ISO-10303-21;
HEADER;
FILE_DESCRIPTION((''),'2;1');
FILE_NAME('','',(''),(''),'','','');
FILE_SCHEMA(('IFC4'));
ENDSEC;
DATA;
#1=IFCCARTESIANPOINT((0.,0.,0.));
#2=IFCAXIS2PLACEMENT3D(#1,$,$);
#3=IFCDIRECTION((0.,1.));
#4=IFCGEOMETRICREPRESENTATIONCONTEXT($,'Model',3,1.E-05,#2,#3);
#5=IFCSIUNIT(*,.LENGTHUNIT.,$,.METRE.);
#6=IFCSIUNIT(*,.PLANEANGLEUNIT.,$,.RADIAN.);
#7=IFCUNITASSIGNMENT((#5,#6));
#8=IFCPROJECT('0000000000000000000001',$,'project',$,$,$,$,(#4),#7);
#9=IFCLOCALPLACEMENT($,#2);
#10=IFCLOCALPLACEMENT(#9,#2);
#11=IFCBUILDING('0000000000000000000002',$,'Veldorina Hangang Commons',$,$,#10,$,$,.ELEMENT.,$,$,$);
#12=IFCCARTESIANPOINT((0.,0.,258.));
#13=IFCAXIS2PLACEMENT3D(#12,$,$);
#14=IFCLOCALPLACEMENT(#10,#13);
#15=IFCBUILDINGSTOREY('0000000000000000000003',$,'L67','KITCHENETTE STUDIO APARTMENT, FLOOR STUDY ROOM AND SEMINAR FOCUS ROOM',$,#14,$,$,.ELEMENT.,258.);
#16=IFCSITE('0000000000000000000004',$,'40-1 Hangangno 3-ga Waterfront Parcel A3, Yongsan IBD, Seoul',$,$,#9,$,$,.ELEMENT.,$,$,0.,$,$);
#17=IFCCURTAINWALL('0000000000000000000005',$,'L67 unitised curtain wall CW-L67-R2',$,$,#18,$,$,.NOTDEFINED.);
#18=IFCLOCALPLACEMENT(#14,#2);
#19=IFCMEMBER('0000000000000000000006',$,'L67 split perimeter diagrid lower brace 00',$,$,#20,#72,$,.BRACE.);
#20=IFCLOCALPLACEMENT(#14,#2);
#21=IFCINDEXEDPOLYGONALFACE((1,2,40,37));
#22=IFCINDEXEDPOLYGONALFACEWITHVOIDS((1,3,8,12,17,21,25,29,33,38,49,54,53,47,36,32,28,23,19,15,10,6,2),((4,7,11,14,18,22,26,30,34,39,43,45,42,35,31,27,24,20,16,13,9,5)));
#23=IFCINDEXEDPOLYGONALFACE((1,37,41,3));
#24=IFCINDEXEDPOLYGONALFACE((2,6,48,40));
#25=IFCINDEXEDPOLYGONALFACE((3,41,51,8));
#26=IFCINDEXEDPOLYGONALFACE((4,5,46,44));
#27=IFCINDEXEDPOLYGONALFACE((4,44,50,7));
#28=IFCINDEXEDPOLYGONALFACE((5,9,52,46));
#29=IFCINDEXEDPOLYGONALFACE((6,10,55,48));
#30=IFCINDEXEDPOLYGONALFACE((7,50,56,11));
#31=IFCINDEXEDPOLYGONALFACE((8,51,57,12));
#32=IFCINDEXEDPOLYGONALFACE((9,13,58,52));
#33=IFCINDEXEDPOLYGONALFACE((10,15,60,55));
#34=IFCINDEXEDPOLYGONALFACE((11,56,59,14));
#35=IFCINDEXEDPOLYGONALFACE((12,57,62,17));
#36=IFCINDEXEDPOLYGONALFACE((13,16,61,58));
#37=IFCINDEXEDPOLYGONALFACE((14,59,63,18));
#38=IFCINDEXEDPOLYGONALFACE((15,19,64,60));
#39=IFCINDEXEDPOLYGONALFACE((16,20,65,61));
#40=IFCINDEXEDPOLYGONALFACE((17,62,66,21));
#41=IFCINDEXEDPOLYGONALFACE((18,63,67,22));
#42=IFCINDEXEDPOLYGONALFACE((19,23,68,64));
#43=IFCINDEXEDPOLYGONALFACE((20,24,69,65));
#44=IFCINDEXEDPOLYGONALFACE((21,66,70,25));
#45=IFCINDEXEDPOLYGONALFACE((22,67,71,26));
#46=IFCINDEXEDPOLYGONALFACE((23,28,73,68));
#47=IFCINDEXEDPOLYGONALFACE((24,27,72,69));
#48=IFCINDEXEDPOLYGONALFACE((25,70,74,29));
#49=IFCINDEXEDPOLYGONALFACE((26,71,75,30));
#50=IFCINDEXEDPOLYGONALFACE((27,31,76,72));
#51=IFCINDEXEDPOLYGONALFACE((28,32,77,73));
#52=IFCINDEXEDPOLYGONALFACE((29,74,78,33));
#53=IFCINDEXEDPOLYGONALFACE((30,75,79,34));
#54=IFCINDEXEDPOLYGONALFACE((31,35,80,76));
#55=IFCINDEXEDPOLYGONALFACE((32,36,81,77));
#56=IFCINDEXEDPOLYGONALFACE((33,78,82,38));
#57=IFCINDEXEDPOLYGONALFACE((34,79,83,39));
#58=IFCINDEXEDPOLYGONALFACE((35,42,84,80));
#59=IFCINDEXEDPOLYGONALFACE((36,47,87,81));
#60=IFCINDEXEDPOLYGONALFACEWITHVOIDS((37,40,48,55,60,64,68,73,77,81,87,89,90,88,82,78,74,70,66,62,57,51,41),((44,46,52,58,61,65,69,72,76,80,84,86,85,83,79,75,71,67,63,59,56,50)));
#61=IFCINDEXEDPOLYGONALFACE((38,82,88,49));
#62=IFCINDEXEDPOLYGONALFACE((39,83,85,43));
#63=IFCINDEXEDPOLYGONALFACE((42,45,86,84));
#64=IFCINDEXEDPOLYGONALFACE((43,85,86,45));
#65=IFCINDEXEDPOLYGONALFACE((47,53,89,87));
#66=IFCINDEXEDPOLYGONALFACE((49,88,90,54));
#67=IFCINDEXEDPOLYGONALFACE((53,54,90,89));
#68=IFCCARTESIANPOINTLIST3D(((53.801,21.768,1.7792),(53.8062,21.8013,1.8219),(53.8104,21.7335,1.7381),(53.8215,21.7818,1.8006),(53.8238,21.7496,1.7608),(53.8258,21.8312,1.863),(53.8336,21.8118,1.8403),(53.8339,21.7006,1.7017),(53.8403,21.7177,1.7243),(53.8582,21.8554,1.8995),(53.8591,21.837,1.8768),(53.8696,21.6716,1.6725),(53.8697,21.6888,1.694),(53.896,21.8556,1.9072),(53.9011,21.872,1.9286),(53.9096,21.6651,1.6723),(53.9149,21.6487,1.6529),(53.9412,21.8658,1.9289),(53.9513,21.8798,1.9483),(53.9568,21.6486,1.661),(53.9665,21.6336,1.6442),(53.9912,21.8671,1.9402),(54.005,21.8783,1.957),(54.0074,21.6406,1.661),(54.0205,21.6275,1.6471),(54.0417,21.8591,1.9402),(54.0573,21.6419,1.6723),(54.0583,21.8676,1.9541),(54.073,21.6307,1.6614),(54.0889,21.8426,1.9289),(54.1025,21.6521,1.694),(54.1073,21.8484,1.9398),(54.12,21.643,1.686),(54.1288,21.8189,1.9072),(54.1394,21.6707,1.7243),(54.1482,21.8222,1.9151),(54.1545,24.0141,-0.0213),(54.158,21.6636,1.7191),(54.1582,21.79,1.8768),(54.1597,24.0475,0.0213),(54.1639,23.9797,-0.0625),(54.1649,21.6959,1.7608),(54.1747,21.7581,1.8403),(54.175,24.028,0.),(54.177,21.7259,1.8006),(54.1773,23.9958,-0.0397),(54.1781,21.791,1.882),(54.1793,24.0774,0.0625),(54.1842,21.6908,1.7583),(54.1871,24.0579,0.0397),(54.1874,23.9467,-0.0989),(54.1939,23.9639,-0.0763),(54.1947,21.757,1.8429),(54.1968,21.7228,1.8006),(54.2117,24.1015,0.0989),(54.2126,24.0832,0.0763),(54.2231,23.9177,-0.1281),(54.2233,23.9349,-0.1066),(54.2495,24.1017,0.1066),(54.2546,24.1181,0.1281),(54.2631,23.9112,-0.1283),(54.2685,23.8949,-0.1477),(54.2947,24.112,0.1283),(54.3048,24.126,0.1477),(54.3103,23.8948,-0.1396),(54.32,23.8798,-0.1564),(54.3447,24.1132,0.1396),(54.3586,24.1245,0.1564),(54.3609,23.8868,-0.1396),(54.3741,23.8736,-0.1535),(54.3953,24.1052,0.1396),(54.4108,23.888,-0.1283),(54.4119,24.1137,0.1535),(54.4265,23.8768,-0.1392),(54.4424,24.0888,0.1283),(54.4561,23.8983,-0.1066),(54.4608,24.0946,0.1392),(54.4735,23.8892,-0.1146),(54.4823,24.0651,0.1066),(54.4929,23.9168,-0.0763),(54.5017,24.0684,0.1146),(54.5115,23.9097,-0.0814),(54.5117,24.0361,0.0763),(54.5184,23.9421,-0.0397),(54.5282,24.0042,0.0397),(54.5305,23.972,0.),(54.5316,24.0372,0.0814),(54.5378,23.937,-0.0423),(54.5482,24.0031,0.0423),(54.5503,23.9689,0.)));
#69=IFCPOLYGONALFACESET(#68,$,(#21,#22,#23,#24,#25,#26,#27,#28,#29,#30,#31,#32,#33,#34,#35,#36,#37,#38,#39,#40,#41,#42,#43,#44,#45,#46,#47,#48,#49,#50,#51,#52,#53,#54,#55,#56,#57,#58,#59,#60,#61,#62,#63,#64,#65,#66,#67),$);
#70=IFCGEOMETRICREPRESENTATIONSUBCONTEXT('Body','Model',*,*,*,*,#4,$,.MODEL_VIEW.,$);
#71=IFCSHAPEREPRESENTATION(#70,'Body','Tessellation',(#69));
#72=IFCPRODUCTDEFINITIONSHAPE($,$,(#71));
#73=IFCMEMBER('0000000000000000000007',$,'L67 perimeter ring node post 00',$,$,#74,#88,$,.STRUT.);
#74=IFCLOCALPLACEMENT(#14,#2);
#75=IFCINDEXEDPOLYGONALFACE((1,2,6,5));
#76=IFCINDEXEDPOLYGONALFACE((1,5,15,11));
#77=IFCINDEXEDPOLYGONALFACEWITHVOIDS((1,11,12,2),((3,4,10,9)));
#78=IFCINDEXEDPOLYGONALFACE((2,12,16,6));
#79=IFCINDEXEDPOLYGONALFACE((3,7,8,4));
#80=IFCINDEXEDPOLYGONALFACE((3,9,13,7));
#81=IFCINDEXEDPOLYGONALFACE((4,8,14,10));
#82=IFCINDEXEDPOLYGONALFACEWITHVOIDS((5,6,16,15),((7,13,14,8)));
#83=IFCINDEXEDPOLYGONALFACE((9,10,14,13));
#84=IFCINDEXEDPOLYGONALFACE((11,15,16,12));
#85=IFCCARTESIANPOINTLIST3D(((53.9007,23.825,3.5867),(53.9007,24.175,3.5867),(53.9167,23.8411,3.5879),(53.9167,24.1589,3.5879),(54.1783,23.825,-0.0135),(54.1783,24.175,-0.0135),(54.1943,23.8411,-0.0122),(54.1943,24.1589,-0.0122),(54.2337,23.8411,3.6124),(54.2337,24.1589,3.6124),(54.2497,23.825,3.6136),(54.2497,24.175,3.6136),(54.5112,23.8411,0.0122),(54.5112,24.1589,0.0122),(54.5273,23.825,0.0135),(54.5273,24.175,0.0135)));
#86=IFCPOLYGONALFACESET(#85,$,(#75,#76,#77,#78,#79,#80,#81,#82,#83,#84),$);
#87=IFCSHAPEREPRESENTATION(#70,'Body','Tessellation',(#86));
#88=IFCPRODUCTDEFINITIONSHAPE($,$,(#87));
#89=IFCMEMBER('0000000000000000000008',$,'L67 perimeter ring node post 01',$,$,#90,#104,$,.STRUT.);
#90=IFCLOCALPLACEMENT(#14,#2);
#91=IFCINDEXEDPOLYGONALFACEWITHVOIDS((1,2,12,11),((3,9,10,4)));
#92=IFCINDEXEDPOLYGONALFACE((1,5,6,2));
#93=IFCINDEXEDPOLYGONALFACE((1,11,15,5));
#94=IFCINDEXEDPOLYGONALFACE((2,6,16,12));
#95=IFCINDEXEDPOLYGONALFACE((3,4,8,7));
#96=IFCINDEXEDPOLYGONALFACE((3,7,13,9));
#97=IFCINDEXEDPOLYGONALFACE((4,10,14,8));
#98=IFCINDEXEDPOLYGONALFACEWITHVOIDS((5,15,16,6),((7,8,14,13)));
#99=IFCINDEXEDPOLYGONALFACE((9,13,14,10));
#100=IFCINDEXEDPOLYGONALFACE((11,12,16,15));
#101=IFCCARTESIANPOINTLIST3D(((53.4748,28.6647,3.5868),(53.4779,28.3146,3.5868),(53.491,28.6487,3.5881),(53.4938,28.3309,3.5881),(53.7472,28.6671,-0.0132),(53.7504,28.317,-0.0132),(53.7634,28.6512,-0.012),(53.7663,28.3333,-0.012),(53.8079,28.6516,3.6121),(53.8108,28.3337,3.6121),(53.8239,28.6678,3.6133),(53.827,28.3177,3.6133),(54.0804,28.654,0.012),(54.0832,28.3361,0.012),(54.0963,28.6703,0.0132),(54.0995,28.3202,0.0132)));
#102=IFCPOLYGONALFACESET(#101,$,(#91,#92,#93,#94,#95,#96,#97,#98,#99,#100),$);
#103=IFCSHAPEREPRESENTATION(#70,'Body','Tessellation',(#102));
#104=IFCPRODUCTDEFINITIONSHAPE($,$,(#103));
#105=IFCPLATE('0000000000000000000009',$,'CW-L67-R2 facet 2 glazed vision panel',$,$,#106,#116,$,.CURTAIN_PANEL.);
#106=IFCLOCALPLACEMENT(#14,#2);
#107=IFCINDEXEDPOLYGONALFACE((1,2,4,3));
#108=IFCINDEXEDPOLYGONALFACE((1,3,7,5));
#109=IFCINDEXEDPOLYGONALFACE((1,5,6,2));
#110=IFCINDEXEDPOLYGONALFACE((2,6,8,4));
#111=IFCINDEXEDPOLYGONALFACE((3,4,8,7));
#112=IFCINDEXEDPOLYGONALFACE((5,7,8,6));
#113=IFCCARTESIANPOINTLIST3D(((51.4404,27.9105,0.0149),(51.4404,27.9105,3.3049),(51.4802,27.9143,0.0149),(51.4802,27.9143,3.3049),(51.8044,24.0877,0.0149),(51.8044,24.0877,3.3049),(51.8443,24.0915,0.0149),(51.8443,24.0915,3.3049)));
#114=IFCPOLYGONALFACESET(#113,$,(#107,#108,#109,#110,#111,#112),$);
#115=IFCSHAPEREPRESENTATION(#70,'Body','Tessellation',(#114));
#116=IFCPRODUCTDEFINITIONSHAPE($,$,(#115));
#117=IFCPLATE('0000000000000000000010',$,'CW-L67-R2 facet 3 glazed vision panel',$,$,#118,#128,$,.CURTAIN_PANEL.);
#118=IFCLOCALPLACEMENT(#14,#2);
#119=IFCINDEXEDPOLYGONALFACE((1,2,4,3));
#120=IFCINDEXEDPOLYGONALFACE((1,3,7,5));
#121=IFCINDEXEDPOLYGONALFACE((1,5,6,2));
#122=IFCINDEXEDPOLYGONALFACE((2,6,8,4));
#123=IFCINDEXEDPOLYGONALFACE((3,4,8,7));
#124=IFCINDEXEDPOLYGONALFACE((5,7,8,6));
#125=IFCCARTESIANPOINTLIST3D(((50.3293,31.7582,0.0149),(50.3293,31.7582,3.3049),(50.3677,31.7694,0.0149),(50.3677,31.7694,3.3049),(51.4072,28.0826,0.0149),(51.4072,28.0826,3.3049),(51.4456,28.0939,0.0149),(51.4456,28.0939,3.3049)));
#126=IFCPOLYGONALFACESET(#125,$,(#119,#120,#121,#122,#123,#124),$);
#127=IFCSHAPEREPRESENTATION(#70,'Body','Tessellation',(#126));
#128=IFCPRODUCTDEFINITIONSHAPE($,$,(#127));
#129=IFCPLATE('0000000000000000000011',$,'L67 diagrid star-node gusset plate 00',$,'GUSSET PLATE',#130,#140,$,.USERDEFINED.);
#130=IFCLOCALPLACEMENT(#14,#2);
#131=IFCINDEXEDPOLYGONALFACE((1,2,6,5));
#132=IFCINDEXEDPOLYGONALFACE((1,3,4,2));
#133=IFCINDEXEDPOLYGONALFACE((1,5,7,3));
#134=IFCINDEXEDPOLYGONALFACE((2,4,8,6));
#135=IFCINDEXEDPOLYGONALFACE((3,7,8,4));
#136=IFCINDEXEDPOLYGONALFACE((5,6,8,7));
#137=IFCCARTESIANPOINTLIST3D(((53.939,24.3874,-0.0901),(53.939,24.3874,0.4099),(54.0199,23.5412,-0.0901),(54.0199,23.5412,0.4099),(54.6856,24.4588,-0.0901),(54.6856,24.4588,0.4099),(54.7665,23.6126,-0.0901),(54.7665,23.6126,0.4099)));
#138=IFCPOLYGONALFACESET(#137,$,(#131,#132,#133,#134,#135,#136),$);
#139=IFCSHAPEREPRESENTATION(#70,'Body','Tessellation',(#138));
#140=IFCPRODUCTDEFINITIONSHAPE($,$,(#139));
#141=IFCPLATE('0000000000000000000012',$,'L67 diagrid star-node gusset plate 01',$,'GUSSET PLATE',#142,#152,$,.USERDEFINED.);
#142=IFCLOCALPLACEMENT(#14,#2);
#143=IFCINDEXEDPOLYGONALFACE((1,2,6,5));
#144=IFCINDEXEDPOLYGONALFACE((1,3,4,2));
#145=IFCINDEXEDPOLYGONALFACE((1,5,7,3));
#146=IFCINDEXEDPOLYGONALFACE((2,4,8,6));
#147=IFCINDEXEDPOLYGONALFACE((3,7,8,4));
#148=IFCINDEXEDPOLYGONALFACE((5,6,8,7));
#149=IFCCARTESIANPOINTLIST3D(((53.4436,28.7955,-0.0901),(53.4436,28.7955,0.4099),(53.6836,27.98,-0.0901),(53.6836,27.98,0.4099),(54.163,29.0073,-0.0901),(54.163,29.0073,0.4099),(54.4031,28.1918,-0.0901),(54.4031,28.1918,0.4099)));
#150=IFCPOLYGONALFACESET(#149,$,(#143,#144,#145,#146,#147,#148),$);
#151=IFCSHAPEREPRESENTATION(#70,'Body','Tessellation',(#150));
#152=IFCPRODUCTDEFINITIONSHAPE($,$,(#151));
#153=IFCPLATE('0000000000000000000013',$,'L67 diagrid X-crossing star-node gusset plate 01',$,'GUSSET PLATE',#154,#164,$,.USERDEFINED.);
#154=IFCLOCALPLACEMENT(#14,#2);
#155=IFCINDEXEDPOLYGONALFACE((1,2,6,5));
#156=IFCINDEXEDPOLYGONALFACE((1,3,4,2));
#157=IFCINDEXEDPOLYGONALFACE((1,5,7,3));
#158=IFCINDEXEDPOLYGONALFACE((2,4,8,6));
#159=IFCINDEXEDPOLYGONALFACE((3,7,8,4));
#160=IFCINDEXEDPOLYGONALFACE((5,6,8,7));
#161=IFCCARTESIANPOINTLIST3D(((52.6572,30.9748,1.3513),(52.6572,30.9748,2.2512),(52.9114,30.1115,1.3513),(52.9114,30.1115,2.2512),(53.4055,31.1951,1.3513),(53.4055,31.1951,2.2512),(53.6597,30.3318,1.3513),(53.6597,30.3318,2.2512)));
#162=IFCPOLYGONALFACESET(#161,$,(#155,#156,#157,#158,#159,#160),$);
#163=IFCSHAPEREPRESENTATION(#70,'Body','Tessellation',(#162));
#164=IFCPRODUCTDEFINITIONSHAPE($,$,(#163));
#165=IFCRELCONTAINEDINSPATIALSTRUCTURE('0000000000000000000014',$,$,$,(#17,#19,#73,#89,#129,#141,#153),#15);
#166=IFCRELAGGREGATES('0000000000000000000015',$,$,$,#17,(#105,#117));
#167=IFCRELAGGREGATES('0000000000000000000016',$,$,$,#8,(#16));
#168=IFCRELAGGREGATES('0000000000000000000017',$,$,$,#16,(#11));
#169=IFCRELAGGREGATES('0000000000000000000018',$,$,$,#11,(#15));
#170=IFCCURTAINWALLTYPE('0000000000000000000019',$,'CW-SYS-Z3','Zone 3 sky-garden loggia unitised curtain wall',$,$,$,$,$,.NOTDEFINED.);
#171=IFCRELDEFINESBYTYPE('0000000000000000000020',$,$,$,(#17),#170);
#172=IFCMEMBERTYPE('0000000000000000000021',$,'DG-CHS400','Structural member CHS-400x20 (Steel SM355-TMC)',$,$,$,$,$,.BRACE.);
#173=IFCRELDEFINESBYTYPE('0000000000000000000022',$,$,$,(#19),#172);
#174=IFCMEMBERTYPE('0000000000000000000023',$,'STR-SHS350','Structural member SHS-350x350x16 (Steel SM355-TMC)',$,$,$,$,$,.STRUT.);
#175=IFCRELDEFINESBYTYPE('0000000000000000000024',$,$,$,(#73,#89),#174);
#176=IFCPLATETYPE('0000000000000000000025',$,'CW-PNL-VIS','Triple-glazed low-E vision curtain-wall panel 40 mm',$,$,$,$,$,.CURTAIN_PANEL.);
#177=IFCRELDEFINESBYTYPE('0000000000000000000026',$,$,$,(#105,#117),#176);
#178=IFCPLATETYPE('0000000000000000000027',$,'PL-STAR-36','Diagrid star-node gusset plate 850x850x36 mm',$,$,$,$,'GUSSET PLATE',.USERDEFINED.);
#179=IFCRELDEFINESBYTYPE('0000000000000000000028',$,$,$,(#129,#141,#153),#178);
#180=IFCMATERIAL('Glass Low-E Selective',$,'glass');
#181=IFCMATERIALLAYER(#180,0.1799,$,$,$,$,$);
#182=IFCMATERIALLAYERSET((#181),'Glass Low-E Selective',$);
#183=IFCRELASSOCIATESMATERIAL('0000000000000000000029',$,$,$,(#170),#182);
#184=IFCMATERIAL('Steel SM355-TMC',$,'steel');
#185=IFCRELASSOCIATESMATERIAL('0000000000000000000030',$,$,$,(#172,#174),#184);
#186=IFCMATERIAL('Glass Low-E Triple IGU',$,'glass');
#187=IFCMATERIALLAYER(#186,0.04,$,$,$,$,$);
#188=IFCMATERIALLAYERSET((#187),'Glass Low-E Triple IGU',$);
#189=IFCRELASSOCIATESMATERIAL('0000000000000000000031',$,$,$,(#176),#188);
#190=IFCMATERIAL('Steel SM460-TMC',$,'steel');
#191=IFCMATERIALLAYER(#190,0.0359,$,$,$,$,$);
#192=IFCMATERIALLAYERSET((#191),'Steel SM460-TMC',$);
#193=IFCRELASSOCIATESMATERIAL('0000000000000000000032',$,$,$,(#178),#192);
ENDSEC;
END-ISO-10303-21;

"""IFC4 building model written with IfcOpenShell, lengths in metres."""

from ifc_helpers import new_model, si_unit, direction, frame, origin, origin_2d, place, context, subcontext, project, spatial, rectangle, hollow_rectangle, hollow_circle, extrude, material, layer, layer_set, material_profile, profile_set, type_object, element, aggregate, save


model = new_model("IFC4")

# Units and contexts
model_context = context("Model", 3, precision=1e-05, world=origin(), true_north=direction((0.0, 1.0)))
body_context = subcontext(model_context, "Body", "Model", "MODEL_VIEW")
ifc_project = project(units=[si_unit("LENGTHUNIT", "METRE"), si_unit("PLANEANGLEUNIT", "RADIAN")], contexts=[model_context])

# Site, building, storey
site_placement = place(None, origin())
site = spatial("IfcSite", under=ifc_project, at=site_placement, Name="40-1 Hangangno 3-ga Waterfront Parcel A3, Yongsan IBD, Seoul", CompositionType="ELEMENT", RefElevation=0.0)
building_placement = place(site_placement, origin())
building = spatial("IfcBuilding", under=site, at=building_placement, Name="Veldorina Hangang Commons", CompositionType="ELEMENT")
storey_placement = place(building_placement, frame((0.0, 0.0, 258.0)))
storey = spatial("IfcBuildingStorey", under=building, at=storey_placement, Name="L67", Description="KITCHENETTE STUDIO APARTMENT, FLOOR STUDY ROOM AND SEMINAR FOCUS ROOM", CompositionType="ELEMENT", Elevation=258.0)

# Shared definitions
ifc_material_1 = material(Name="Steel SM355-TMC", Category="steel")

# Curtain wall
ifc_material_2 = material(Name="Glass Low-E Selective", Category="glass")
ifc_layer_1 = layer(ifc_material_2, 0.1799)
ifc_layer_set_1 = layer_set([ifc_layer_1], Name="Glass Low-E Selective")
curtain_wall_type = type_object("IfcCurtainWallType", Name="CW-SYS-Z3", Description="Zone 3 sky-garden loggia unitised curtain wall", PredefinedType="NOTDEFINED", material=ifc_layer_set_1)
curtain_wall_placement = place(storey_placement, origin())
curtain_wall = element("IfcCurtainWall", 1, at=curtain_wall_placement, inside=storey, type_object=curtain_wall_type, Name="L67 unitised curtain wall CW-L67-R2", PredefinedType="NOTDEFINED")

# Members
ifc_material_profile_1 = material_profile(ifc_material_1, hollow_circle(Radius=0.2, WallThickness=0.02, at=origin_2d()), Name="CHS-400x20")
ifc_profile_set_1 = profile_set([ifc_material_profile_1], Name="Steel SM355-TMC")
member_type_1 = type_object("IfcMemberType", Name="DG-CHS400", Description="Structural member CHS-400x20 (Steel SM355-TMC)", PredefinedType="BRACE", material=ifc_profile_set_1)
member_1_placement = place(storey_placement, frame((54.3528, 24.0, 0.0), z_axis=(-0.121889, -0.77443, 0.620807), x_axis=(0.987839, -0.155477, 0.0)))
element("IfcMember", 2, at=member_1_placement, inside=storey, type_object=member_type_1, Name="L67 split perimeter diagrid lower brace 00", PredefinedType="BRACE", context=body_context, shape_type="SweptSolid", body=[
    extrude(hollow_circle(Radius=0.2, WallThickness=0.02, at=origin_2d()), origin(), (0.0, 0.0, 1.0), 2.9004),
])
ifc_material_profile_2 = material_profile(ifc_material_1, hollow_rectangle(XDim=0.3501, YDim=0.3501, WallThickness=0.0161, at=origin_2d()), Name="SHS-350x350x16")
ifc_profile_set_2 = profile_set([ifc_material_profile_2], Name="Steel SM355-TMC")
member_type_2 = type_object("IfcMemberType", Name="STR-SHS350", Description="Structural member SHS-350x350x16 (Steel SM355-TMC)", PredefinedType="STRUT", material=ifc_profile_set_2)
member_2_placement = place(storey_placement, frame((54.3528, 24.0, 0.0), z_axis=(-0.076877, 0.0, 0.997041), x_axis=(0.0, -1.0, 0.0)))
element("IfcMember", 3, at=member_2_placement, inside=storey, type_object=member_type_2, Name="L67 perimeter ring node post 00", PredefinedType="STRUT", context=body_context, shape_type="SweptSolid", body=[
    extrude(hollow_rectangle(XDim=0.3501, YDim=0.3501, WallThickness=0.0161, at=origin_2d()), origin(), (0.0, 0.0, 1.0), 3.6108),
])
member_3_placement = place(storey_placement, frame((53.9233, 28.4937, 0.0), z_axis=(-0.075466, -0.000676, 0.997148), x_axis=(0.00896, -0.99996, 0.0)))
element("IfcMember", 4, at=member_3_placement, inside=storey, type_object=member_type_2, Name="L67 perimeter ring node post 01", PredefinedType="STRUT", context=body_context, shape_type="SweptSolid", body=[
    extrude(hollow_rectangle(XDim=0.3501, YDim=0.3501, WallThickness=0.0161, at=origin_2d()), origin(), (0.0, 0.0, 1.0), 3.6104),
])

# Plates
ifc_material_3 = material(Name="Glass Low-E Triple IGU", Category="glass")
ifc_layer_2 = layer(ifc_material_3, 0.04)
ifc_layer_set_2 = layer_set([ifc_layer_2], Name="Glass Low-E Triple IGU")
plate_type_1 = type_object("IfcPlateType", Name="CW-PNL-VIS", Description="Triple-glazed low-E vision curtain-wall panel 40 mm", PredefinedType="CURTAIN_PANEL", material=ifc_layer_set_2)
plate_1_placement = place(storey_placement, frame((51.6423, 26.001, 0.0149), z_axis=(0.0, 0.0, 1.0), x_axis=(-0.094803, 0.995496, 0.0)))
plate_1 = element("IfcPlate", 5, at=plate_1_placement, type_object=plate_type_1, Name="CW-L67-R2 facet 2 glazed vision panel", PredefinedType="CURTAIN_PANEL", context=body_context, shape_type="SweptSolid", body=[
    extrude(rectangle(XDim=3.8401, YDim=0.04, at=origin_2d()), origin(), (0.0, 0.0, 1.0), 3.29),
])
plate_2_placement = place(storey_placement, frame((50.8875, 29.926, 0.0149), z_axis=(0.0, 0.0, 1.0), x_axis=(-0.28142, 0.959585, 0.0)))
plate_2 = element("IfcPlate", 6, at=plate_2_placement, type_object=plate_type_1, Name="CW-L67-R2 facet 3 glazed vision panel", PredefinedType="CURTAIN_PANEL", context=body_context, shape_type="SweptSolid", body=[
    extrude(rectangle(XDim=3.8303, YDim=0.04, at=origin_2d()), origin(), (0.0, 0.0, 1.0), 3.29),
])
aggregate(curtain_wall, [plate_1, plate_2])

# Plates
ifc_material_4 = material(Name="Steel SM460-TMC", Category="steel")
ifc_layer_3 = layer(ifc_material_4, 0.0359)
ifc_layer_set_3 = layer_set([ifc_layer_3], Name="Steel SM460-TMC")
plate_type_2 = type_object("IfcPlateType", Name="PL-STAR-36", Description="Diagrid star-node gusset plate 850x850x36 mm", ElementType="GUSSET PLATE", PredefinedType="USERDEFINED", material=ifc_layer_set_3)
for number, where, z_axis, x_axis, name in (
    (7, (54.3528, 24.0, -0.0901), (0.0, 0.0, 1.0), (-0.095151, 0.995463, 0.0), "L67 diagrid star-node gusset plate 00"),
    (8, (53.9233, 28.4937, -0.0901), (0.0, 0.0, 1.0), (-0.282408, 0.959294, 0.0), "L67 diagrid star-node gusset plate 01"),
):
    element("IfcPlate", number, at=place(storey_placement, frame(where, z_axis=z_axis, x_axis=x_axis)), inside=storey, type_object=plate_type_2, Name=name, ObjectType="GUSSET PLATE", PredefinedType="USERDEFINED", context=body_context, shape_type="SweptSolid", body=[
        extrude(rectangle(XDim=0.8501, YDim=0.75, at=origin_2d()), origin(), (0.0, 0.0, 1.0), 0.5),
    ])
plate_3_placement = place(storey_placement, frame((53.1584, 30.6533, 1.3513), z_axis=(0.0, 0.0, 1.0), x_axis=(-0.282408, 0.959294, 0.0)))
element("IfcPlate", 9, at=plate_3_placement, inside=storey, type_object=plate_type_2, Name="L67 diagrid X-crossing star-node gusset plate 01", ObjectType="GUSSET PLATE", PredefinedType="USERDEFINED", context=body_context, shape_type="SweptSolid", body=[
    extrude(rectangle(XDim=0.8999, YDim=0.78, at=origin_2d()), origin(), (0.0, 0.0, 1.0), 0.8999),
])

save(model, "model.ifc")
